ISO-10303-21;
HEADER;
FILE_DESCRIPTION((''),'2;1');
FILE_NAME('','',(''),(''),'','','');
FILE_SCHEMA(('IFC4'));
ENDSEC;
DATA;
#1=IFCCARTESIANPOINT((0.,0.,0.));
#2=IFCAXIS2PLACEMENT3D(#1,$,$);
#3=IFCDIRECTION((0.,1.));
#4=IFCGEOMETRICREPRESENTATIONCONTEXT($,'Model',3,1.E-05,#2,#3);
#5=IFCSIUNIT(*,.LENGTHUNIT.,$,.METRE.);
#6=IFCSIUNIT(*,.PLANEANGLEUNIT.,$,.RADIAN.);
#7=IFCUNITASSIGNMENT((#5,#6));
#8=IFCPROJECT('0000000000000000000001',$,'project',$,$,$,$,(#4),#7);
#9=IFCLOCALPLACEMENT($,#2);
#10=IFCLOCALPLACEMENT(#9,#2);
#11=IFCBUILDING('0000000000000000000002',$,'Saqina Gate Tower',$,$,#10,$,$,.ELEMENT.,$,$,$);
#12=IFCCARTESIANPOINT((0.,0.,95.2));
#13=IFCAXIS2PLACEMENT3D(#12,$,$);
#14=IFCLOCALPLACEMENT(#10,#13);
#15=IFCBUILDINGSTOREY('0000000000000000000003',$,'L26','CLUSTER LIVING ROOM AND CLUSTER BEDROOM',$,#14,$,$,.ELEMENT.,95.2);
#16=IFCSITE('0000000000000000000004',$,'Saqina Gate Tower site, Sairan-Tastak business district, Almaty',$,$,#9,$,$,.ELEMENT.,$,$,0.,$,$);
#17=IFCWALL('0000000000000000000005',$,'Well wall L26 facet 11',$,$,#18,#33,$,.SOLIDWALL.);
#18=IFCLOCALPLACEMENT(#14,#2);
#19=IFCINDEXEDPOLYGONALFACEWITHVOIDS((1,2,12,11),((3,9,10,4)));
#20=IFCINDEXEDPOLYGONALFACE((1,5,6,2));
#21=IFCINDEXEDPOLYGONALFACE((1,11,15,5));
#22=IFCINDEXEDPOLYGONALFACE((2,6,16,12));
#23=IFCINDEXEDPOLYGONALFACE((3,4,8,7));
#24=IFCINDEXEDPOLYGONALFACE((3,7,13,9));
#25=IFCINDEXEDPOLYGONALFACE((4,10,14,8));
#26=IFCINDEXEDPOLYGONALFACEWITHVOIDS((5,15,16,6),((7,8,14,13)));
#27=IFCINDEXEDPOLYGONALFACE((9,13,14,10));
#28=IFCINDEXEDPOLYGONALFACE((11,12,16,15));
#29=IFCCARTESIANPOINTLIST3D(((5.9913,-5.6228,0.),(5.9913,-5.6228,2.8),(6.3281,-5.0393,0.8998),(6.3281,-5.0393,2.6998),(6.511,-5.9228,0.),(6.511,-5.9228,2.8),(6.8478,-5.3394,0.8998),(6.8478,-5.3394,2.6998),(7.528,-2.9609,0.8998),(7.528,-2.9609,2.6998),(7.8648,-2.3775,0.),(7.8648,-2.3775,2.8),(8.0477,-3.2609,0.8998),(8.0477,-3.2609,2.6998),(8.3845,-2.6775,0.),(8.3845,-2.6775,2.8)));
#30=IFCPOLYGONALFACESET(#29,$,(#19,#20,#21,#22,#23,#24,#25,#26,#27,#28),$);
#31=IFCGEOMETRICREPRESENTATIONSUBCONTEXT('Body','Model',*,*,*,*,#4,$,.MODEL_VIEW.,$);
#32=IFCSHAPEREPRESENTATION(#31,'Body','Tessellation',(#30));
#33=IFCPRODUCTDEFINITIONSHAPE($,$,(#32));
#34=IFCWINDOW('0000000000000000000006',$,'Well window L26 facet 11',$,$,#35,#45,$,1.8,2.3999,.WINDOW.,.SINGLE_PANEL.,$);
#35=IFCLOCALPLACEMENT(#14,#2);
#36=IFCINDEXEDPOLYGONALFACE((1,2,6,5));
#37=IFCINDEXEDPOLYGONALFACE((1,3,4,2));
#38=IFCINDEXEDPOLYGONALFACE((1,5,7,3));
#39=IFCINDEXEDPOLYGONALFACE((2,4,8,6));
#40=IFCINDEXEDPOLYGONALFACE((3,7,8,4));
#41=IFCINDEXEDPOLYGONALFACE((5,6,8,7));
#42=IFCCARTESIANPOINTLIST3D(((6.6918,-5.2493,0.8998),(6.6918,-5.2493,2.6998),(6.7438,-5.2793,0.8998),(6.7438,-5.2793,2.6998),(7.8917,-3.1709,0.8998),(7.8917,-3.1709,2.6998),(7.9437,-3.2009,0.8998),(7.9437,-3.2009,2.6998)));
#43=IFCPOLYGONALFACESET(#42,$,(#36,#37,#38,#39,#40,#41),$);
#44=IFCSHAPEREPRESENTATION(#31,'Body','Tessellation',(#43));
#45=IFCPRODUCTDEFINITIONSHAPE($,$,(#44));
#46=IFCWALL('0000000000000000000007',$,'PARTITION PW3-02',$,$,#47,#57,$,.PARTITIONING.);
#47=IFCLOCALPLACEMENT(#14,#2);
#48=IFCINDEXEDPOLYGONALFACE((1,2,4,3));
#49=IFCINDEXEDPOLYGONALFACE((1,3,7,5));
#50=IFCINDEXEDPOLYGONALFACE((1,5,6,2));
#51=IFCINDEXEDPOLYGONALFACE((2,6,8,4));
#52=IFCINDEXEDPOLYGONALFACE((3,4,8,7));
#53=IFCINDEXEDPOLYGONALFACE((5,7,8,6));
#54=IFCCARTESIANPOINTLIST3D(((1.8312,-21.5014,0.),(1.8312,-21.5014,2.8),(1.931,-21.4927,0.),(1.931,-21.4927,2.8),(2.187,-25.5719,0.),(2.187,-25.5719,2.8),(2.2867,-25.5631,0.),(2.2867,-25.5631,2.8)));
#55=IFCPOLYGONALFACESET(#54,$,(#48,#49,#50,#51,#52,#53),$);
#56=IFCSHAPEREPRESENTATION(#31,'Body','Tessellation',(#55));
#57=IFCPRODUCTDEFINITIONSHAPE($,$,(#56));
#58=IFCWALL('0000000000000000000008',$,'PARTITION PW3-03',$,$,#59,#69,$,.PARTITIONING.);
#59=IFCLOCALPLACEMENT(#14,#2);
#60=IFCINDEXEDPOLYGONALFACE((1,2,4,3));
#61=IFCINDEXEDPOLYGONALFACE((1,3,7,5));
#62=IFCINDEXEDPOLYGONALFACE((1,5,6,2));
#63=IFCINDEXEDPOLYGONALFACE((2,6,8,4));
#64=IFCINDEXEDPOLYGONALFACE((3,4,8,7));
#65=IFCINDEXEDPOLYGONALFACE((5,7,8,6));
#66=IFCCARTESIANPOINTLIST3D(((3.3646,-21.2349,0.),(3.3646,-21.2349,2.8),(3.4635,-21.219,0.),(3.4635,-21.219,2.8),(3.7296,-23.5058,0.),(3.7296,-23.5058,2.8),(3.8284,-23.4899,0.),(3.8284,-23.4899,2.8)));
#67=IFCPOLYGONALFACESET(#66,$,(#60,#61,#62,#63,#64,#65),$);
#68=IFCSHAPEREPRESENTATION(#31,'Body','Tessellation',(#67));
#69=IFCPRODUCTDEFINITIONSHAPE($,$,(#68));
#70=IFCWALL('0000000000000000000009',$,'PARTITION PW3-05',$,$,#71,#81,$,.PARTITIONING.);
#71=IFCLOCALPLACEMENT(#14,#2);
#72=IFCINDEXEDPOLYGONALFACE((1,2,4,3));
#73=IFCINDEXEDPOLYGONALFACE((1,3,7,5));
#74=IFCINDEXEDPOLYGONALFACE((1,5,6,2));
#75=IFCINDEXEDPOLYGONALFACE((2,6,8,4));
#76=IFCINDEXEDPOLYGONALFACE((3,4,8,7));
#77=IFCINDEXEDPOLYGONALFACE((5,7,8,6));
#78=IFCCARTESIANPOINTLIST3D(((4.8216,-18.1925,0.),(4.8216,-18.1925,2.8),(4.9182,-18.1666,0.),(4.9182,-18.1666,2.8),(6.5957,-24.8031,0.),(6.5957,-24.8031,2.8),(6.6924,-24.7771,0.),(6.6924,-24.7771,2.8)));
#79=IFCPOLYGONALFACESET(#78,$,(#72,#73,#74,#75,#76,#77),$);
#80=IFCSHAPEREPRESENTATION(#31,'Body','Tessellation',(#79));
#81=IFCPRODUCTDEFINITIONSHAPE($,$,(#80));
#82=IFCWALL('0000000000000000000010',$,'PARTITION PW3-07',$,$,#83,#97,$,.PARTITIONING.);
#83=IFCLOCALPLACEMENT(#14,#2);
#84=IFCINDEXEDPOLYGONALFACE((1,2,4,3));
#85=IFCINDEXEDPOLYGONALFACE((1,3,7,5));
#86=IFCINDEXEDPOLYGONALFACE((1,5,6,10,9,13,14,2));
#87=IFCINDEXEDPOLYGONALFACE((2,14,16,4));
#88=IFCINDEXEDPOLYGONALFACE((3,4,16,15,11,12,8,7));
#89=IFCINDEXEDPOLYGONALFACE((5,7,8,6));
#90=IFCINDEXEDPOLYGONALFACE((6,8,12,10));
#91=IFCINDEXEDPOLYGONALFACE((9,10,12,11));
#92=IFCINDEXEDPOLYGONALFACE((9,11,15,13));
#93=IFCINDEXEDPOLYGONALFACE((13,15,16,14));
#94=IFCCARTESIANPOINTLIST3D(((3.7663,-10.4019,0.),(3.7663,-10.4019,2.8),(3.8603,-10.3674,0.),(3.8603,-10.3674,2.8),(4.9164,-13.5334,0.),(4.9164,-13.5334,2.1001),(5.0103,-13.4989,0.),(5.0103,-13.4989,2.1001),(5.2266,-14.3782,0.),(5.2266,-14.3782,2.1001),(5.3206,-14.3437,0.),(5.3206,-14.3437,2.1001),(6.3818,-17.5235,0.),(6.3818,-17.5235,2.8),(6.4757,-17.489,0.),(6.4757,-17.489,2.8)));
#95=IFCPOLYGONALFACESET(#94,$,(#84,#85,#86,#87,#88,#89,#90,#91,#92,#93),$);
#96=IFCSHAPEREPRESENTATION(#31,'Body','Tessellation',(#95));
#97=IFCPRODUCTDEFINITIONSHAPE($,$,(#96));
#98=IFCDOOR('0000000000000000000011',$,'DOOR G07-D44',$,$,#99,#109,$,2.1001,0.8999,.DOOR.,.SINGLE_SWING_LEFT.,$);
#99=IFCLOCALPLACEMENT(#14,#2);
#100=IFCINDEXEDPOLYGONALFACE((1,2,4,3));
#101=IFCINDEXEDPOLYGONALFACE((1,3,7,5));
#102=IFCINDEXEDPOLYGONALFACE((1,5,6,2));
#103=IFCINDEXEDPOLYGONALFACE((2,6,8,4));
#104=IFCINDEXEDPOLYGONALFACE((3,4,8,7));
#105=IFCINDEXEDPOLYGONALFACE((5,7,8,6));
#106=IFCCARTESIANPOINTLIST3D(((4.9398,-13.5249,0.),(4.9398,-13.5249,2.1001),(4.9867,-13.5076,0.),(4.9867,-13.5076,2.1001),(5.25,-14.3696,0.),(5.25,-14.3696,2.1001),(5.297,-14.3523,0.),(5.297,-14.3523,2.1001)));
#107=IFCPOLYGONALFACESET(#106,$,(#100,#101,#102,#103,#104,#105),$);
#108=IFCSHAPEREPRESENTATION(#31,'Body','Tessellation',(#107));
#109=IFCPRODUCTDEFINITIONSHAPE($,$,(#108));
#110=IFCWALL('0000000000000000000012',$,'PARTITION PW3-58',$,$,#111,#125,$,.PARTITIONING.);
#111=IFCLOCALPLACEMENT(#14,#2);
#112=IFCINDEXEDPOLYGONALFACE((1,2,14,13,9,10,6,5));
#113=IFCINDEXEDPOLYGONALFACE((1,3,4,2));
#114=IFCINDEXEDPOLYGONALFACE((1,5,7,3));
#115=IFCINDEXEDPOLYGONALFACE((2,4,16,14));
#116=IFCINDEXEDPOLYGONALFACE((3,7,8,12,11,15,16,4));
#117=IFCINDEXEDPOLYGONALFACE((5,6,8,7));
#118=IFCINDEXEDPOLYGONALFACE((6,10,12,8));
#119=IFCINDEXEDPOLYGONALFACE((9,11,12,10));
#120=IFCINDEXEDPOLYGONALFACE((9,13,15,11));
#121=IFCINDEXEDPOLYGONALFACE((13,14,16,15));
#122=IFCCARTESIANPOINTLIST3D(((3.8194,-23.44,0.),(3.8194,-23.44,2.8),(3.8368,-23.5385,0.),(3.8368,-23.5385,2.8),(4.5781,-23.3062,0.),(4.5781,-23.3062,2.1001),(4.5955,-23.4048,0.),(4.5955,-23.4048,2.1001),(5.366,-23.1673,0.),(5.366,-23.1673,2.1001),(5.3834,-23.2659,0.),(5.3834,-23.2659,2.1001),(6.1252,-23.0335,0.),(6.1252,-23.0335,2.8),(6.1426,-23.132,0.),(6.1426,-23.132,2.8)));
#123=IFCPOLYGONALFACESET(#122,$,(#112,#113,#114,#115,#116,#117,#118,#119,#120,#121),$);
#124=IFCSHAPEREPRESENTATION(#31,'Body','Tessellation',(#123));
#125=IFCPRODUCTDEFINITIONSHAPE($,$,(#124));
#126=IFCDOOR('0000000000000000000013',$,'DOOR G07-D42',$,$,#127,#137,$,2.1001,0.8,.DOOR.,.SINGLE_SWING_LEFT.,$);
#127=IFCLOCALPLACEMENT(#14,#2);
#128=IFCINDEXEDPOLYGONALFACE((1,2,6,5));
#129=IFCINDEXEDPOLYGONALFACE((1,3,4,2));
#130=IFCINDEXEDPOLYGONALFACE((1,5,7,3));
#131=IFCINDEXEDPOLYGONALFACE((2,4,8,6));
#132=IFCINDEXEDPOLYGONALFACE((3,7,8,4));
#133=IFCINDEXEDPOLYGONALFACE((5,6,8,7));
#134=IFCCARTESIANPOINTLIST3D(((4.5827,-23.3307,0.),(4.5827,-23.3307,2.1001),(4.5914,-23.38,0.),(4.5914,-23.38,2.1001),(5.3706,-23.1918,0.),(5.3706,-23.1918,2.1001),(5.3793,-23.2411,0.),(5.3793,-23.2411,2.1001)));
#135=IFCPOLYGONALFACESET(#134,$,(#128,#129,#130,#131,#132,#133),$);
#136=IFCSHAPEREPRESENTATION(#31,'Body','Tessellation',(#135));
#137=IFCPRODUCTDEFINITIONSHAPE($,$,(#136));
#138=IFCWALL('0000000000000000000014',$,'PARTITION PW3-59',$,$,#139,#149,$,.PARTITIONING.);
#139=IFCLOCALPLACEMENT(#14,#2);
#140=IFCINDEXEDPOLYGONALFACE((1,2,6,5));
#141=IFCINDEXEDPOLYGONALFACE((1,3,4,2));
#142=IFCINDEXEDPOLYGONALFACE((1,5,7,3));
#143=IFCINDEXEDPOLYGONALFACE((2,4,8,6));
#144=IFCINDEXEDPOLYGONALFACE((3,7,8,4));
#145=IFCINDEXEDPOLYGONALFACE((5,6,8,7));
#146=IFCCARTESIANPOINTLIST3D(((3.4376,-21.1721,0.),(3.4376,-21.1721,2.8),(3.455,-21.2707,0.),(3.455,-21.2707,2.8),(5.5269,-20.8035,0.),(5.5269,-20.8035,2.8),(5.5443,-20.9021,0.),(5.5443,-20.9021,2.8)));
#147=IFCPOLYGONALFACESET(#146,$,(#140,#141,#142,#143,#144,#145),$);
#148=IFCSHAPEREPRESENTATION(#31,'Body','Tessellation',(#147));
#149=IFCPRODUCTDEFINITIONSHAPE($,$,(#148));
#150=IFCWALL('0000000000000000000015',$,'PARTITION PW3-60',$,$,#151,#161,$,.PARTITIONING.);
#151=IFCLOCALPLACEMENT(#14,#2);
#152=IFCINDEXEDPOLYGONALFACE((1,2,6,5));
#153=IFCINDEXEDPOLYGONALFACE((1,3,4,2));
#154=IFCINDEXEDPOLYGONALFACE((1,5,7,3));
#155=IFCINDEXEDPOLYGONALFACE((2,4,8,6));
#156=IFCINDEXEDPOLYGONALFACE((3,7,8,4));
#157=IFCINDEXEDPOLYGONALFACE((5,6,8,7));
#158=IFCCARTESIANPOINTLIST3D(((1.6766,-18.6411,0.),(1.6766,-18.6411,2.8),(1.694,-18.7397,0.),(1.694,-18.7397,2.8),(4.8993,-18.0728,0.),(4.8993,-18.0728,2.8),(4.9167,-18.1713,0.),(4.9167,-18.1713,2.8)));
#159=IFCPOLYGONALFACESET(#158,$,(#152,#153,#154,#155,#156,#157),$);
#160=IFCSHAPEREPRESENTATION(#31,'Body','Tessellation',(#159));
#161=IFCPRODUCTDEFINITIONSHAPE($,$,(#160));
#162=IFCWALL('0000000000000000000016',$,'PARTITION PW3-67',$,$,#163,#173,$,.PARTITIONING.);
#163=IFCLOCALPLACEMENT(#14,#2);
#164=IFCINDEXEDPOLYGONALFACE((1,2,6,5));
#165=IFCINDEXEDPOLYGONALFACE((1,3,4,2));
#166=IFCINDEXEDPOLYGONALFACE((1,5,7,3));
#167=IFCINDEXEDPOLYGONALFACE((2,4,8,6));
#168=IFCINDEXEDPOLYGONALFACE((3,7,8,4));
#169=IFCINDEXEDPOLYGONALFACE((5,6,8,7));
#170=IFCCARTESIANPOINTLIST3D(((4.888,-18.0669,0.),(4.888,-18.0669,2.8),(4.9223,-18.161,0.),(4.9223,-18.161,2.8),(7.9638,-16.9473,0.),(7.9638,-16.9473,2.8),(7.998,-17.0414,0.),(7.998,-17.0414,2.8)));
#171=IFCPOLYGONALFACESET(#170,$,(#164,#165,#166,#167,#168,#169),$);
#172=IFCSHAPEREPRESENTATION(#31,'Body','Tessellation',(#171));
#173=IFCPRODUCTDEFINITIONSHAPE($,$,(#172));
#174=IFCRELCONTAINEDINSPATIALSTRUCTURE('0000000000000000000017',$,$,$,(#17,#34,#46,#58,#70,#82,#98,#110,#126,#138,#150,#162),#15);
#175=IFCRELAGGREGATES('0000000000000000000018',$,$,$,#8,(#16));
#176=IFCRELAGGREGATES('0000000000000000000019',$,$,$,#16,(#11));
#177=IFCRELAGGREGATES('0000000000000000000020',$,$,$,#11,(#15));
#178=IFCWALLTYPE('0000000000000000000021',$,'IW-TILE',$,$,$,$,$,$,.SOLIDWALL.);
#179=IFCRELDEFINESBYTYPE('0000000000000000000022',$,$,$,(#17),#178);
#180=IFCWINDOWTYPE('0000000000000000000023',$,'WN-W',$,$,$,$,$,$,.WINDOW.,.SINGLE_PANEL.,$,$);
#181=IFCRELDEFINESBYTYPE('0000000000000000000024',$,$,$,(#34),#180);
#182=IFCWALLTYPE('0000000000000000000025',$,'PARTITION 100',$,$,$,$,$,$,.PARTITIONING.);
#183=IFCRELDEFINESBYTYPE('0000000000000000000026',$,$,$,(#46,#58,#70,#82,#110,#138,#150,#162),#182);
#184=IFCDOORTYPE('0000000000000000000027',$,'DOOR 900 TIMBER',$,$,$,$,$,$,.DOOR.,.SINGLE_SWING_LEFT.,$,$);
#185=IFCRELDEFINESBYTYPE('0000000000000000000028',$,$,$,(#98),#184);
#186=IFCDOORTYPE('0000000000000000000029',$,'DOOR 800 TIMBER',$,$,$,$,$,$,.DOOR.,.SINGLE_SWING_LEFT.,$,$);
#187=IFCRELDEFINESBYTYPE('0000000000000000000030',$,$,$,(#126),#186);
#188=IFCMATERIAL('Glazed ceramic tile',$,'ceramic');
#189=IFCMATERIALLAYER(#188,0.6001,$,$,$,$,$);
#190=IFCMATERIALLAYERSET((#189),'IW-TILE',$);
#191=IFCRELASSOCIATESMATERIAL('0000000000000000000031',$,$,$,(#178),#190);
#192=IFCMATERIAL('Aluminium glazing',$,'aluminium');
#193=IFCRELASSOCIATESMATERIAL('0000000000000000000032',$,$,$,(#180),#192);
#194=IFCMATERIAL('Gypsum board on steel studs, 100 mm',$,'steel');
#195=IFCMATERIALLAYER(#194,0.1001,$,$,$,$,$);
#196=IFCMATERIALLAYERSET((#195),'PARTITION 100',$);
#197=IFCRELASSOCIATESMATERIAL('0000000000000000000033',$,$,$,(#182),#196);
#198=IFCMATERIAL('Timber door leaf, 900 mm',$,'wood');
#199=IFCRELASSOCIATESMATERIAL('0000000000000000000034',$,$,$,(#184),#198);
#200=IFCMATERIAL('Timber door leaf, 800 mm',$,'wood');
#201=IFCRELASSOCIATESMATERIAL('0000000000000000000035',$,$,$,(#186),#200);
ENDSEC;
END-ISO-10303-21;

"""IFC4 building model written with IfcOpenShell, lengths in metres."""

from ifc_helpers import new_model, si_unit, direction, frame, frame_2d, origin, place, context, subcontext, project, spatial, rectangle, extrude, material, layer, layer_set, type_object, element, fill, save


model = new_model("IFC4")

# Units and contexts
model_context = context("Model", 3, precision=1e-05, world=origin(), true_north=direction((0.0, 1.0)))
body_context = subcontext(model_context, "Body", "Model", "MODEL_VIEW")
ifc_project = project(units=[si_unit("LENGTHUNIT", "METRE"), si_unit("PLANEANGLEUNIT", "RADIAN")], contexts=[model_context])

# Site, building, storey
site_placement = place(None, origin())
site = spatial("IfcSite", under=ifc_project, at=site_placement, Name="Saqina Gate Tower site, Sairan-Tastak business district, Almaty", CompositionType="ELEMENT", RefElevation=0.0)
building_placement = place(site_placement, origin())
building = spatial("IfcBuilding", under=site, at=building_placement, Name="Saqina Gate Tower", CompositionType="ELEMENT")
storey_placement = place(building_placement, frame((0.0, 0.0, 95.2)))
storey = spatial("IfcBuildingStorey", under=building, at=storey_placement, Name="L26", Description="CLUSTER LIVING ROOM AND CLUSTER BEDROOM", CompositionType="ELEMENT", Elevation=95.2)

# Wall, opening, window
ifc_material_1 = material(Name="Glazed ceramic tile", Category="ceramic")
ifc_layer_1 = layer(ifc_material_1, 0.6001)
ifc_layer_set_1 = layer_set([ifc_layer_1], Name="IW-TILE")
wall_type_1 = type_object("IfcWallType", Name="IW-TILE", PredefinedType="SOLIDWALL", material=ifc_layer_set_1)
ifc_material_2 = material(Name="Aluminium glazing", Category="aluminium")
window_type_1 = type_object("IfcWindowType", Name="WN-W", PartitioningType="SINGLE_PANEL", PredefinedType="WINDOW", material=ifc_material_2)
wall_1_placement = place(storey_placement, frame((6.2512, -5.7727, 0.0), z_axis=(0.0, 0.0, 1.0), x_axis=(0.499965, 0.866046, 0.0)))
wall_1 = element("IfcWall", 1, at=wall_1_placement, inside=storey, type_object=wall_type_1, Name="Well wall L26 facet 11", PredefinedType="SOLIDWALL", context=body_context, shape_type="SweptSolid", body=[
    extrude(rectangle(XDim=3.7473, YDim=0.6001, at=frame_2d((1.8735, 0.0))), origin(), (0.0, 0.0, 1.0), 2.8),
])
opening_1_placement = place(wall_1_placement, frame((0.6736, 0.0, 0.8999)))
opening_1 = element("IfcOpeningElement", 2, at=opening_1_placement, cuts=wall_1, PredefinedType="OPENING", context=body_context, shape_type="SweptSolid", body=[
    extrude(rectangle(XDim=2.3999, YDim=1.8, at=frame_2d((1.2, 0.8999))), frame((0.0, 0.312, 0.0), z_axis=(0.0, -1.0, 0.0), x_axis=(1.0, 0.0, 0.0)), (0.0, 0.0, 1.0), 0.624),
])
window_1_placement = place(opening_1_placement, origin())
window_1 = element("IfcWindow", 3, at=window_1_placement, inside=storey, type_object=window_type_1, Name="Well window L26 facet 11", OverallHeight=1.8, OverallWidth=2.3999, PartitioningType="SINGLE_PANEL", PredefinedType="WINDOW", context=body_context, shape_type="SweptSolid", body=[
    extrude(rectangle(XDim=2.3999, YDim=1.8, at=frame_2d((1.2, 0.8999))), frame((0.0, -0.1199, 0.0), z_axis=(0.0, -1.0, 0.0), x_axis=(1.0, 0.0, 0.0)), (0.0, 0.0, 1.0), 0.0601),
])
fill(opening_1, window_1)

# Walls
ifc_material_3 = material(Name="Gypsum board on steel studs, 100 mm", Category="steel")
ifc_layer_2 = layer(ifc_material_3, 0.1001)
ifc_layer_set_2 = layer_set([ifc_layer_2], Name="PARTITION 100")
wall_type_2 = type_object("IfcWallType", Name="PARTITION 100", PredefinedType="PARTITIONING", material=ifc_layer_set_2)
wall_2_placement = place(storey_placement, frame((1.8811, -21.4971, 0.0), z_axis=(0.0, 0.0, 1.0), x_axis=(0.08706, -0.996203, 0.0)))
element("IfcWall", 4, at=wall_2_placement, inside=storey, type_object=wall_type_2, Name="PARTITION PW3-02", PredefinedType="PARTITIONING", context=body_context, shape_type="SweptSolid", body=[
    extrude(rectangle(XDim=4.0859, YDim=0.1001, at=frame_2d((2.043, 0.0))), origin(), (0.0, 0.0, 1.0), 2.8),
])
wall_3_placement = place(storey_placement, frame((3.4141, -21.2271, 0.0), z_axis=(0.0, 0.0, 1.0), x_axis=(0.158682, -0.98733, 0.0)))
element("IfcWall", 5, at=wall_3_placement, inside=storey, type_object=wall_type_2, Name="PARTITION PW3-03", PredefinedType="PARTITIONING", context=body_context, shape_type="SweptSolid", body=[
    extrude(rectangle(XDim=2.3, YDim=0.1001, at=frame_2d((1.1499, 0.0))), origin(), (0.0, 0.0, 1.0), 2.8),
])
wall_4_placement = place(storey_placement, frame((4.8699, -18.1794, 0.0), z_axis=(0.0, 0.0, 1.0), x_axis=(0.25921, -0.965821, 0.0)))
element("IfcWall", 6, at=wall_4_placement, inside=storey, type_object=wall_type_2, Name="PARTITION PW3-05", PredefinedType="PARTITIONING", context=body_context, shape_type="SweptSolid", body=[
    extrude(rectangle(XDim=6.8445, YDim=0.1001, at=frame_2d((3.4224, 0.0))), origin(), (0.0, 0.0, 1.0), 2.8),
])

# Walls, openings, doors
wall_5_placement = place(storey_placement, frame((3.8132, -10.3845, 0.0), z_axis=(0.0, 0.0, 1.0), x_axis=(0.344746, -0.938696, 0.0)))
wall_5 = element("IfcWall", 7, at=wall_5_placement, inside=storey, type_object=wall_type_2, Name="PARTITION PW3-07", PredefinedType="PARTITIONING", context=body_context, shape_type="SweptSolid", body=[
    extrude(rectangle(XDim=7.5867, YDim=0.1001, at=frame_2d((3.7935, 0.0))), origin(), (0.0, 0.0, 1.0), 2.8),
])
opening_2_placement = place(wall_5_placement, frame((3.3362, 0.0, 0.0)))
opening_2 = element("IfcOpeningElement", 8, at=opening_2_placement, cuts=wall_5, PredefinedType="OPENING", context=body_context, shape_type="SweptSolid", body=[
    extrude(rectangle(XDim=0.8999, YDim=2.1001, at=frame_2d((0.45, 1.05))), frame((0.0, 0.062, 0.0), z_axis=(0.0, -1.0, 0.0), x_axis=(1.0, 0.0, 0.0)), (0.0, 0.0, 1.0), 0.124),
])
ifc_material_4 = material(Name="Timber door leaf, 900 mm", Category="wood")
door_type_1 = type_object("IfcDoorType", Name="DOOR 900 TIMBER", OperationType="SINGLE_SWING_LEFT", PredefinedType="DOOR", material=ifc_material_4)
door_1_placement = place(opening_2_placement, origin())
door_1 = element("IfcDoor", 9, at=door_1_placement, inside=storey, type_object=door_type_1, Name="DOOR G07-D44", OperationType="SINGLE_SWING_LEFT", OverallHeight=2.1001, OverallWidth=0.8999, PredefinedType="DOOR", context=body_context, shape_type="SweptSolid", body=[
    extrude(rectangle(XDim=0.8999, YDim=2.1001, at=frame_2d((0.45, 1.05))), frame((0.0, 0.0249, 0.0), z_axis=(0.0, -1.0, 0.0), x_axis=(1.0, 0.0, 0.0)), (0.0, 0.0, 1.0), 0.05),
])
fill(opening_2, door_1)
wall_6_placement = place(storey_placement, frame((3.8281, -23.4893, 0.0), z_axis=(0.0, 0.0, 1.0), x_axis=(0.984812, 0.173625, 0.0)))
wall_6 = element("IfcWall", 10, at=wall_6_placement, inside=storey, type_object=wall_type_2, Name="PARTITION PW3-58", PredefinedType="PARTITIONING", context=body_context, shape_type="SweptSolid", body=[
    extrude(rectangle(XDim=2.3413, YDim=0.1001, at=frame_2d((1.1707, 0.0))), origin(), (0.0, 0.0, 1.0), 2.8),
])
opening_3_placement = place(wall_6_placement, frame((0.7705, 0.0, 0.0)))
opening_3 = element("IfcOpeningElement", 11, at=opening_3_placement, cuts=wall_6, PredefinedType="OPENING", context=body_context, shape_type="SweptSolid", body=[
    extrude(rectangle(XDim=0.8, YDim=2.1001, at=frame_2d((0.3999, 1.05))), frame((0.0, 0.062, 0.0), z_axis=(0.0, -1.0, 0.0), x_axis=(1.0, 0.0, 0.0)), (0.0, 0.0, 1.0), 0.124),
])
ifc_material_5 = material(Name="Timber door leaf, 800 mm", Category="wood")
door_type_2 = type_object("IfcDoorType", Name="DOOR 800 TIMBER", OperationType="SINGLE_SWING_LEFT", PredefinedType="DOOR", material=ifc_material_5)
door_2_placement = place(opening_3_placement, frame((0.8, 0.0, 0.0), z_axis=(0.0, 0.0, 1.0), x_axis=(-1.0, 0.0, 0.0)))
door_2 = element("IfcDoor", 12, at=door_2_placement, inside=storey, type_object=door_type_2, Name="DOOR G07-D42", OperationType="SINGLE_SWING_LEFT", OverallHeight=2.1001, OverallWidth=0.8, PredefinedType="DOOR", context=body_context, shape_type="SweptSolid", body=[
    extrude(rectangle(XDim=0.8, YDim=2.1001, at=frame_2d((0.3999, 1.05))), frame((0.0, 0.0249, 0.0), z_axis=(0.0, -1.0, 0.0), x_axis=(1.0, 0.0, 0.0)), (0.0, 0.0, 1.0), 0.05),
])
fill(opening_3, door_2)

# Walls
wall_7_placement = place(storey_placement, frame((3.4463, -21.2214, 0.0), z_axis=(0.0, 0.0, 1.0), x_axis=(0.984788, 0.173759, 0.0)))
element("IfcWall", 13, at=wall_7_placement, inside=storey, type_object=wall_type_2, Name="PARTITION PW3-59", PredefinedType="PARTITIONING", context=body_context, shape_type="SweptSolid", body=[
    extrude(rectangle(XDim=2.1216, YDim=0.1001, at=frame_2d((1.0608, 0.0))), origin(), (0.0, 0.0, 1.0), 2.8),
])
wall_8_placement = place(storey_placement, frame((1.6853, -18.6904, 0.0), z_axis=(0.0, 0.0, 1.0), x_axis=(0.984802, 0.173683, 0.0)))
element("IfcWall", 14, at=wall_8_placement, inside=storey, type_object=wall_type_2, Name="PARTITION PW3-60", PredefinedType="PARTITIONING", context=body_context, shape_type="SweptSolid", body=[
    extrude(rectangle(XDim=3.2725, YDim=0.1001, at=frame_2d((1.6362, 0.0))), origin(), (0.0, 0.0, 1.0), 2.8),
])
wall_9_placement = place(storey_placement, frame((4.905, -18.114, 0.0), z_axis=(0.0, 0.0, 1.0), x_axis=(0.939676, 0.342066, 0.0)))
element("IfcWall", 15, at=wall_9_placement, inside=storey, type_object=wall_type_2, Name="PARTITION PW3-67", PredefinedType="PARTITIONING", context=body_context, shape_type="SweptSolid", body=[
    extrude(rectangle(XDim=3.2732, YDim=0.1001, at=frame_2d((1.6367, 0.0))), origin(), (0.0, 0.0, 1.0), 2.8),
])

save(model, "model.ifc")
